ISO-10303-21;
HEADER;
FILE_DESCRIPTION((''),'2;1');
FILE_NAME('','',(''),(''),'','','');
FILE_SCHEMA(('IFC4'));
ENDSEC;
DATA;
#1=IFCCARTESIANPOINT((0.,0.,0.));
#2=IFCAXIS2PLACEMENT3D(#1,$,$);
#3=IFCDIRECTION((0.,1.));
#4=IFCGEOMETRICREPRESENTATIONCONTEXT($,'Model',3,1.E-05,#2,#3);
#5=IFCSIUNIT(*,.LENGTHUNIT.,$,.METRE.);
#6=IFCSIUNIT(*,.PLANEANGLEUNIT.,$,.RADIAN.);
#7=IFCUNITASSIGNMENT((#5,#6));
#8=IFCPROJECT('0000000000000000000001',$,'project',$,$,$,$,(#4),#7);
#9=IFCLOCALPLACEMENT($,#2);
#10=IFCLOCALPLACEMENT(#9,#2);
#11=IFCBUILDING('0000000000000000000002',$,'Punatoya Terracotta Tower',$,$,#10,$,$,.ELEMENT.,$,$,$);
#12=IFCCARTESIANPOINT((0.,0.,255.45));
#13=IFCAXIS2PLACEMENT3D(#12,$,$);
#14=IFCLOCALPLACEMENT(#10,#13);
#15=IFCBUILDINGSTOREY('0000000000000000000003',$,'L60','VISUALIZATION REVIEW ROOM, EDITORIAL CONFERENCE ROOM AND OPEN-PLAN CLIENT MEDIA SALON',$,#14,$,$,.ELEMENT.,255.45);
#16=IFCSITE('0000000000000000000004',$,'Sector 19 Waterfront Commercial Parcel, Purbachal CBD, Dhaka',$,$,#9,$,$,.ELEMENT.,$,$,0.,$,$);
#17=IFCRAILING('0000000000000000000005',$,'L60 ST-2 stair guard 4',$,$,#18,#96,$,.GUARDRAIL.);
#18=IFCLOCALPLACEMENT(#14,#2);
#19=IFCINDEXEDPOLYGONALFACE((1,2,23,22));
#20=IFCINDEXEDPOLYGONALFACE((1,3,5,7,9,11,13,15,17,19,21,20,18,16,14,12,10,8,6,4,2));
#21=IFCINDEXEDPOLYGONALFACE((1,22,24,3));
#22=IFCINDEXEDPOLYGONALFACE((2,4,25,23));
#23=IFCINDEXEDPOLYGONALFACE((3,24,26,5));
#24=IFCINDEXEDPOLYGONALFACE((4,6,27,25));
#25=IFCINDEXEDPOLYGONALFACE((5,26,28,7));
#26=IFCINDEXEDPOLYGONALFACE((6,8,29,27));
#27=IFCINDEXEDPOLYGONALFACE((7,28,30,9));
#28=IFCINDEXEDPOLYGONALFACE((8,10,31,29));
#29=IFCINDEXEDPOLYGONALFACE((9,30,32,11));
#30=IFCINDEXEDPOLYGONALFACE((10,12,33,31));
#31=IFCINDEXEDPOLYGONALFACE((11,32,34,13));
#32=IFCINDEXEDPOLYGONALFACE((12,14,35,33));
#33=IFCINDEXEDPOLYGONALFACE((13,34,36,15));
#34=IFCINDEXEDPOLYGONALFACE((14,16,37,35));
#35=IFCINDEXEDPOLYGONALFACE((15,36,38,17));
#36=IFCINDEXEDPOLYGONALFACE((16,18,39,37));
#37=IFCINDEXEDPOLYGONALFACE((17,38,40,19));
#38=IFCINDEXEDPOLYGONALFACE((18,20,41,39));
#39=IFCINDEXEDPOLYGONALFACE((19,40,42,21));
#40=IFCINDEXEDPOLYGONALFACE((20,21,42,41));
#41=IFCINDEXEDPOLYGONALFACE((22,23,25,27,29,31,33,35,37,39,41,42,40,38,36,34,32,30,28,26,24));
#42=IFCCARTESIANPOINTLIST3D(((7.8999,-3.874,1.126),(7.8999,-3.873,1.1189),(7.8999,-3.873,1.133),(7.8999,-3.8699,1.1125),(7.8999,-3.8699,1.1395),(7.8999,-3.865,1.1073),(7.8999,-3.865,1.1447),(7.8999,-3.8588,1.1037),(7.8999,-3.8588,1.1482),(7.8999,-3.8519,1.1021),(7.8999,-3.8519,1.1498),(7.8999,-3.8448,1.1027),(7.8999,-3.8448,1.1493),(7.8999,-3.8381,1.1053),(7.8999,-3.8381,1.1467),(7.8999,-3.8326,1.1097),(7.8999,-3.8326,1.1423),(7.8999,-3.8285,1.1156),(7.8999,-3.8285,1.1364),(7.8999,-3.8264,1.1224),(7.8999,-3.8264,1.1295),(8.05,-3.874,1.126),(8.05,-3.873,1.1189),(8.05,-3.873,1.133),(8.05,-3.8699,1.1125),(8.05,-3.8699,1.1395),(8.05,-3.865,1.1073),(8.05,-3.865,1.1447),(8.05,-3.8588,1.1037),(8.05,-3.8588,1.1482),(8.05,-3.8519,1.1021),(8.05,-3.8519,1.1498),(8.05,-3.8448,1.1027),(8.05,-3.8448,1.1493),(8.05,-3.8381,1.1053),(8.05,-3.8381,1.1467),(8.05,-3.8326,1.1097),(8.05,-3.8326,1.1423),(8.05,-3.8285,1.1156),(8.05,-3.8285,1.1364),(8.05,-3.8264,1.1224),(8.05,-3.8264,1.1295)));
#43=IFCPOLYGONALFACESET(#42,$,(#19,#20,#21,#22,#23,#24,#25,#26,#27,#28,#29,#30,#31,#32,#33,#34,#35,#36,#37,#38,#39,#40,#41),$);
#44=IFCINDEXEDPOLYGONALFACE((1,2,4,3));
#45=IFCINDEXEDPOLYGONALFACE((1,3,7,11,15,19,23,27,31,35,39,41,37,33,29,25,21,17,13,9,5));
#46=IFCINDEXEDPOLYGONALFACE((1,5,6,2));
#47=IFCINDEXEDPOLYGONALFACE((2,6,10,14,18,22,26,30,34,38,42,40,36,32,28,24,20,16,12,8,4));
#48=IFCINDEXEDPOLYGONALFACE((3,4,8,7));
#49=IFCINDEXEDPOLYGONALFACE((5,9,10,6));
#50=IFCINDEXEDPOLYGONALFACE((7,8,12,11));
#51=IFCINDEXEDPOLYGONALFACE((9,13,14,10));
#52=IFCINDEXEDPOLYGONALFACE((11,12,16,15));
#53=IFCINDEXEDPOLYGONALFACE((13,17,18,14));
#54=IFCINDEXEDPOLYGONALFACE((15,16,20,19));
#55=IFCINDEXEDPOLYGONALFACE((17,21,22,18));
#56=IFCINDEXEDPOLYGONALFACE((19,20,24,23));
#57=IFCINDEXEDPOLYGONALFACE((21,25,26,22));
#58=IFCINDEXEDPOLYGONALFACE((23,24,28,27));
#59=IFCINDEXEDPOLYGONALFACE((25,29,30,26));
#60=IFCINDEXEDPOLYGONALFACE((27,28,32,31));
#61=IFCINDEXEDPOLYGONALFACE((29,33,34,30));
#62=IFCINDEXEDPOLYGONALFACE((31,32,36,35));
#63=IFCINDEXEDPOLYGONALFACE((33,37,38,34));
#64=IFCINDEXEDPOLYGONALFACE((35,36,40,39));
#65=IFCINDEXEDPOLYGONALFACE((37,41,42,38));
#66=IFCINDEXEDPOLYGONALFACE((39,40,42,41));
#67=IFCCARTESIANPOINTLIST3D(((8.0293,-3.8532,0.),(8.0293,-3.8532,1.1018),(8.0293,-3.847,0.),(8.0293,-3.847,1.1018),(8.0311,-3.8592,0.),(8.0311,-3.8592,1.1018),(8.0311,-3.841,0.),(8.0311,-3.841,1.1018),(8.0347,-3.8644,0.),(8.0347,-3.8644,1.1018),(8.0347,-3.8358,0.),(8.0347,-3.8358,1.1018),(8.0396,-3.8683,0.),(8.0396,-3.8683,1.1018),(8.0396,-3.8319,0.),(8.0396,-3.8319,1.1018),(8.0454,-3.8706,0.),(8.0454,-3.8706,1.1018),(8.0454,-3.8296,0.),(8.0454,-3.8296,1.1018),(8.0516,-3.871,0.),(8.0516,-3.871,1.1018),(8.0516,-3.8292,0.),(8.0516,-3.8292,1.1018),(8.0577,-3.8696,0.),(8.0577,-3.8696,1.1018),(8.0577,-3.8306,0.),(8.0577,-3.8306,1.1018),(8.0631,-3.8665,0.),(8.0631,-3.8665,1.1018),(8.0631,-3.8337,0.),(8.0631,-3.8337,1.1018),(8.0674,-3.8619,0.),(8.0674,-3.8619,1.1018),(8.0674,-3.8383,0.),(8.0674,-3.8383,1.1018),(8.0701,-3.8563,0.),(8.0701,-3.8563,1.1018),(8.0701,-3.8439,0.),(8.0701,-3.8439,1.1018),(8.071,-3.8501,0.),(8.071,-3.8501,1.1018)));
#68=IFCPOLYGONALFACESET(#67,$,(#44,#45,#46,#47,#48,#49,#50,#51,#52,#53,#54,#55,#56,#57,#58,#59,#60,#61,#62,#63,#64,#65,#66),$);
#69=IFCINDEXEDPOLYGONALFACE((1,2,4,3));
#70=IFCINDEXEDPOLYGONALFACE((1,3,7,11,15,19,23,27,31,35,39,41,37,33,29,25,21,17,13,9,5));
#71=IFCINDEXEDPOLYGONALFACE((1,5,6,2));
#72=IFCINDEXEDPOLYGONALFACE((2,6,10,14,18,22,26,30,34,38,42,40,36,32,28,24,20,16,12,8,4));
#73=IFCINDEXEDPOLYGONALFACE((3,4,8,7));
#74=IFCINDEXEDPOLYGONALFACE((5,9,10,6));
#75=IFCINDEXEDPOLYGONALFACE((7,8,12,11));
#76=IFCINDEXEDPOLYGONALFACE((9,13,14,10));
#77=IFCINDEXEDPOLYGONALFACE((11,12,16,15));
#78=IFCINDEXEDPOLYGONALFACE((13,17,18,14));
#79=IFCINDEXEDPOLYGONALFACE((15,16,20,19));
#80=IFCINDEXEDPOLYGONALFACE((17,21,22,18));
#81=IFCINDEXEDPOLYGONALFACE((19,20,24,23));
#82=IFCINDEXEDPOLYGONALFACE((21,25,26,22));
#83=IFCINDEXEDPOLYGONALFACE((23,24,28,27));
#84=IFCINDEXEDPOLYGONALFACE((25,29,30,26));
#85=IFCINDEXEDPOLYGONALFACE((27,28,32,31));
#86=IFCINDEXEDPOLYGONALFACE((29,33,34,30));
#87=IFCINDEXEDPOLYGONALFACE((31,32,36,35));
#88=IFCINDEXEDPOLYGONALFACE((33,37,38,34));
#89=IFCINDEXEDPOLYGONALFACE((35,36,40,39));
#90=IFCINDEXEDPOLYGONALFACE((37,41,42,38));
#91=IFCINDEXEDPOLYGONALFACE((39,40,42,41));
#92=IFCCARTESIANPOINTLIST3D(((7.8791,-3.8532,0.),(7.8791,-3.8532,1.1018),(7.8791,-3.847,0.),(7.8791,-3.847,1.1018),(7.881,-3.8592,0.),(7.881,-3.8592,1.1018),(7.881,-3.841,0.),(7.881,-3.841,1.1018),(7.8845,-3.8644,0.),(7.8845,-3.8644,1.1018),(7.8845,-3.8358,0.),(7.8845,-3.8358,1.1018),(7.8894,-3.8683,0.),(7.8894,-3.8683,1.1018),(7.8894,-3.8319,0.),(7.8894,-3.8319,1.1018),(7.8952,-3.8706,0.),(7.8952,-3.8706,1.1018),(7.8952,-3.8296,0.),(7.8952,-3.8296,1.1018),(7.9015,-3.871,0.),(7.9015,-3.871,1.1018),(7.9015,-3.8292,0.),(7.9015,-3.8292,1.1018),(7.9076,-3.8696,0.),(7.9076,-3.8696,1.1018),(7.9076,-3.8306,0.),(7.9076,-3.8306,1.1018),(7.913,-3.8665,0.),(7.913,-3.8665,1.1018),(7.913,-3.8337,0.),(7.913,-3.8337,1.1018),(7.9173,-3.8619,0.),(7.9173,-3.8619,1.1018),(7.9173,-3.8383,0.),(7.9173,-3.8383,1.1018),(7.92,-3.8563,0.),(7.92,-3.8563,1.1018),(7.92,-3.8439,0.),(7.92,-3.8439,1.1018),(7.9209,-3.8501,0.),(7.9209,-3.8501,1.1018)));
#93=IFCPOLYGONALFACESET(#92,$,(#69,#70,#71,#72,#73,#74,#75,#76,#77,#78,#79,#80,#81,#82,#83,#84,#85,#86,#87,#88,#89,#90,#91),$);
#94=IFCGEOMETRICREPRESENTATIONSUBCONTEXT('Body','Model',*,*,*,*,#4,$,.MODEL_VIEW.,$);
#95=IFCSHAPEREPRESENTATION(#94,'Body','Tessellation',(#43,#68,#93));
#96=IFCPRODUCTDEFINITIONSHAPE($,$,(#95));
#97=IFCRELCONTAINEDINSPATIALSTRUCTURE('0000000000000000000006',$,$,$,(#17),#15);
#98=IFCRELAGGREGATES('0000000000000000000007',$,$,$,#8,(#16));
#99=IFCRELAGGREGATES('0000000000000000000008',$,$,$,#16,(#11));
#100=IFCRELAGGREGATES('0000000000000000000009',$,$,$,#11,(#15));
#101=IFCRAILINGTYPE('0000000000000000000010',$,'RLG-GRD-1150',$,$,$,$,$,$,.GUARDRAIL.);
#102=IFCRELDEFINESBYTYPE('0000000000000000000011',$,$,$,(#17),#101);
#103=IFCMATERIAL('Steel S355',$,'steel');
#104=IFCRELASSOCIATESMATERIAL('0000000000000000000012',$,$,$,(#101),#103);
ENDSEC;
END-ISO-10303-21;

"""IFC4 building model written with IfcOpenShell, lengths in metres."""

from ifc_helpers import new_model, si_unit, direction, frame, origin, origin_2d, place, context, subcontext, project, spatial, circle, extrude, material, type_object, element, save


model = new_model("IFC4")

# Units and contexts
model_context = context("Model", 3, precision=1e-05, world=origin(), true_north=direction((0.0, 1.0)))
body_context = subcontext(model_context, "Body", "Model", "MODEL_VIEW")
ifc_project = project(units=[si_unit("LENGTHUNIT", "METRE"), si_unit("PLANEANGLEUNIT", "RADIAN")], contexts=[model_context])

# Site, building, storey
site_placement = place(None, origin())
site = spatial("IfcSite", under=ifc_project, at=site_placement, Name="Sector 19 Waterfront Commercial Parcel, Purbachal CBD, Dhaka", CompositionType="ELEMENT", RefElevation=0.0)
building_placement = place(site_placement, origin())
building = spatial("IfcBuilding", under=site, at=building_placement, Name="Punatoya Terracotta Tower", CompositionType="ELEMENT")
storey_placement = place(building_placement, frame((0.0, 0.0, 255.45)))
storey = spatial("IfcBuildingStorey", under=building, at=storey_placement, Name="L60", Description="VISUALIZATION REVIEW ROOM, EDITORIAL CONFERENCE ROOM AND OPEN-PLAN CLIENT MEDIA SALON", CompositionType="ELEMENT", Elevation=255.45)

# Shared definitions
ifc_material_1 = material(Name="Steel S355", Category="steel")

# Railing
railing_type_1 = type_object("IfcRailingType", Name="RLG-GRD-1150", PredefinedType="GUARDRAIL", material=ifc_material_1)
railing_1_placement = place(storey_placement, frame((8.05, -3.8501, 0.0)))
element("IfcRailing", 1, at=railing_1_placement, inside=storey, type_object=railing_type_1, Name="L60 ST-2 stair guard 4", PredefinedType="GUARDRAIL", context=body_context, shape_type="SweptSolid", body=[
    extrude(circle(Radius=0.0239, at=origin_2d()), frame((0.0, 0.0, 1.126), z_axis=(-1.0, 0.0, 0.0), x_axis=(0.0, -1.0, 0.0)), (0.0, 0.0, 1.0), 0.1501),
    extrude(circle(Radius=0.021, at=origin_2d()), origin(), (0.0, 0.0, 1.0), 1.1018),
    extrude(circle(Radius=0.021, at=origin_2d()), frame((-0.1501, 0.0, 0.0)), (0.0, 0.0, 1.0), 1.1018),
])

save(model, "model.ifc")
